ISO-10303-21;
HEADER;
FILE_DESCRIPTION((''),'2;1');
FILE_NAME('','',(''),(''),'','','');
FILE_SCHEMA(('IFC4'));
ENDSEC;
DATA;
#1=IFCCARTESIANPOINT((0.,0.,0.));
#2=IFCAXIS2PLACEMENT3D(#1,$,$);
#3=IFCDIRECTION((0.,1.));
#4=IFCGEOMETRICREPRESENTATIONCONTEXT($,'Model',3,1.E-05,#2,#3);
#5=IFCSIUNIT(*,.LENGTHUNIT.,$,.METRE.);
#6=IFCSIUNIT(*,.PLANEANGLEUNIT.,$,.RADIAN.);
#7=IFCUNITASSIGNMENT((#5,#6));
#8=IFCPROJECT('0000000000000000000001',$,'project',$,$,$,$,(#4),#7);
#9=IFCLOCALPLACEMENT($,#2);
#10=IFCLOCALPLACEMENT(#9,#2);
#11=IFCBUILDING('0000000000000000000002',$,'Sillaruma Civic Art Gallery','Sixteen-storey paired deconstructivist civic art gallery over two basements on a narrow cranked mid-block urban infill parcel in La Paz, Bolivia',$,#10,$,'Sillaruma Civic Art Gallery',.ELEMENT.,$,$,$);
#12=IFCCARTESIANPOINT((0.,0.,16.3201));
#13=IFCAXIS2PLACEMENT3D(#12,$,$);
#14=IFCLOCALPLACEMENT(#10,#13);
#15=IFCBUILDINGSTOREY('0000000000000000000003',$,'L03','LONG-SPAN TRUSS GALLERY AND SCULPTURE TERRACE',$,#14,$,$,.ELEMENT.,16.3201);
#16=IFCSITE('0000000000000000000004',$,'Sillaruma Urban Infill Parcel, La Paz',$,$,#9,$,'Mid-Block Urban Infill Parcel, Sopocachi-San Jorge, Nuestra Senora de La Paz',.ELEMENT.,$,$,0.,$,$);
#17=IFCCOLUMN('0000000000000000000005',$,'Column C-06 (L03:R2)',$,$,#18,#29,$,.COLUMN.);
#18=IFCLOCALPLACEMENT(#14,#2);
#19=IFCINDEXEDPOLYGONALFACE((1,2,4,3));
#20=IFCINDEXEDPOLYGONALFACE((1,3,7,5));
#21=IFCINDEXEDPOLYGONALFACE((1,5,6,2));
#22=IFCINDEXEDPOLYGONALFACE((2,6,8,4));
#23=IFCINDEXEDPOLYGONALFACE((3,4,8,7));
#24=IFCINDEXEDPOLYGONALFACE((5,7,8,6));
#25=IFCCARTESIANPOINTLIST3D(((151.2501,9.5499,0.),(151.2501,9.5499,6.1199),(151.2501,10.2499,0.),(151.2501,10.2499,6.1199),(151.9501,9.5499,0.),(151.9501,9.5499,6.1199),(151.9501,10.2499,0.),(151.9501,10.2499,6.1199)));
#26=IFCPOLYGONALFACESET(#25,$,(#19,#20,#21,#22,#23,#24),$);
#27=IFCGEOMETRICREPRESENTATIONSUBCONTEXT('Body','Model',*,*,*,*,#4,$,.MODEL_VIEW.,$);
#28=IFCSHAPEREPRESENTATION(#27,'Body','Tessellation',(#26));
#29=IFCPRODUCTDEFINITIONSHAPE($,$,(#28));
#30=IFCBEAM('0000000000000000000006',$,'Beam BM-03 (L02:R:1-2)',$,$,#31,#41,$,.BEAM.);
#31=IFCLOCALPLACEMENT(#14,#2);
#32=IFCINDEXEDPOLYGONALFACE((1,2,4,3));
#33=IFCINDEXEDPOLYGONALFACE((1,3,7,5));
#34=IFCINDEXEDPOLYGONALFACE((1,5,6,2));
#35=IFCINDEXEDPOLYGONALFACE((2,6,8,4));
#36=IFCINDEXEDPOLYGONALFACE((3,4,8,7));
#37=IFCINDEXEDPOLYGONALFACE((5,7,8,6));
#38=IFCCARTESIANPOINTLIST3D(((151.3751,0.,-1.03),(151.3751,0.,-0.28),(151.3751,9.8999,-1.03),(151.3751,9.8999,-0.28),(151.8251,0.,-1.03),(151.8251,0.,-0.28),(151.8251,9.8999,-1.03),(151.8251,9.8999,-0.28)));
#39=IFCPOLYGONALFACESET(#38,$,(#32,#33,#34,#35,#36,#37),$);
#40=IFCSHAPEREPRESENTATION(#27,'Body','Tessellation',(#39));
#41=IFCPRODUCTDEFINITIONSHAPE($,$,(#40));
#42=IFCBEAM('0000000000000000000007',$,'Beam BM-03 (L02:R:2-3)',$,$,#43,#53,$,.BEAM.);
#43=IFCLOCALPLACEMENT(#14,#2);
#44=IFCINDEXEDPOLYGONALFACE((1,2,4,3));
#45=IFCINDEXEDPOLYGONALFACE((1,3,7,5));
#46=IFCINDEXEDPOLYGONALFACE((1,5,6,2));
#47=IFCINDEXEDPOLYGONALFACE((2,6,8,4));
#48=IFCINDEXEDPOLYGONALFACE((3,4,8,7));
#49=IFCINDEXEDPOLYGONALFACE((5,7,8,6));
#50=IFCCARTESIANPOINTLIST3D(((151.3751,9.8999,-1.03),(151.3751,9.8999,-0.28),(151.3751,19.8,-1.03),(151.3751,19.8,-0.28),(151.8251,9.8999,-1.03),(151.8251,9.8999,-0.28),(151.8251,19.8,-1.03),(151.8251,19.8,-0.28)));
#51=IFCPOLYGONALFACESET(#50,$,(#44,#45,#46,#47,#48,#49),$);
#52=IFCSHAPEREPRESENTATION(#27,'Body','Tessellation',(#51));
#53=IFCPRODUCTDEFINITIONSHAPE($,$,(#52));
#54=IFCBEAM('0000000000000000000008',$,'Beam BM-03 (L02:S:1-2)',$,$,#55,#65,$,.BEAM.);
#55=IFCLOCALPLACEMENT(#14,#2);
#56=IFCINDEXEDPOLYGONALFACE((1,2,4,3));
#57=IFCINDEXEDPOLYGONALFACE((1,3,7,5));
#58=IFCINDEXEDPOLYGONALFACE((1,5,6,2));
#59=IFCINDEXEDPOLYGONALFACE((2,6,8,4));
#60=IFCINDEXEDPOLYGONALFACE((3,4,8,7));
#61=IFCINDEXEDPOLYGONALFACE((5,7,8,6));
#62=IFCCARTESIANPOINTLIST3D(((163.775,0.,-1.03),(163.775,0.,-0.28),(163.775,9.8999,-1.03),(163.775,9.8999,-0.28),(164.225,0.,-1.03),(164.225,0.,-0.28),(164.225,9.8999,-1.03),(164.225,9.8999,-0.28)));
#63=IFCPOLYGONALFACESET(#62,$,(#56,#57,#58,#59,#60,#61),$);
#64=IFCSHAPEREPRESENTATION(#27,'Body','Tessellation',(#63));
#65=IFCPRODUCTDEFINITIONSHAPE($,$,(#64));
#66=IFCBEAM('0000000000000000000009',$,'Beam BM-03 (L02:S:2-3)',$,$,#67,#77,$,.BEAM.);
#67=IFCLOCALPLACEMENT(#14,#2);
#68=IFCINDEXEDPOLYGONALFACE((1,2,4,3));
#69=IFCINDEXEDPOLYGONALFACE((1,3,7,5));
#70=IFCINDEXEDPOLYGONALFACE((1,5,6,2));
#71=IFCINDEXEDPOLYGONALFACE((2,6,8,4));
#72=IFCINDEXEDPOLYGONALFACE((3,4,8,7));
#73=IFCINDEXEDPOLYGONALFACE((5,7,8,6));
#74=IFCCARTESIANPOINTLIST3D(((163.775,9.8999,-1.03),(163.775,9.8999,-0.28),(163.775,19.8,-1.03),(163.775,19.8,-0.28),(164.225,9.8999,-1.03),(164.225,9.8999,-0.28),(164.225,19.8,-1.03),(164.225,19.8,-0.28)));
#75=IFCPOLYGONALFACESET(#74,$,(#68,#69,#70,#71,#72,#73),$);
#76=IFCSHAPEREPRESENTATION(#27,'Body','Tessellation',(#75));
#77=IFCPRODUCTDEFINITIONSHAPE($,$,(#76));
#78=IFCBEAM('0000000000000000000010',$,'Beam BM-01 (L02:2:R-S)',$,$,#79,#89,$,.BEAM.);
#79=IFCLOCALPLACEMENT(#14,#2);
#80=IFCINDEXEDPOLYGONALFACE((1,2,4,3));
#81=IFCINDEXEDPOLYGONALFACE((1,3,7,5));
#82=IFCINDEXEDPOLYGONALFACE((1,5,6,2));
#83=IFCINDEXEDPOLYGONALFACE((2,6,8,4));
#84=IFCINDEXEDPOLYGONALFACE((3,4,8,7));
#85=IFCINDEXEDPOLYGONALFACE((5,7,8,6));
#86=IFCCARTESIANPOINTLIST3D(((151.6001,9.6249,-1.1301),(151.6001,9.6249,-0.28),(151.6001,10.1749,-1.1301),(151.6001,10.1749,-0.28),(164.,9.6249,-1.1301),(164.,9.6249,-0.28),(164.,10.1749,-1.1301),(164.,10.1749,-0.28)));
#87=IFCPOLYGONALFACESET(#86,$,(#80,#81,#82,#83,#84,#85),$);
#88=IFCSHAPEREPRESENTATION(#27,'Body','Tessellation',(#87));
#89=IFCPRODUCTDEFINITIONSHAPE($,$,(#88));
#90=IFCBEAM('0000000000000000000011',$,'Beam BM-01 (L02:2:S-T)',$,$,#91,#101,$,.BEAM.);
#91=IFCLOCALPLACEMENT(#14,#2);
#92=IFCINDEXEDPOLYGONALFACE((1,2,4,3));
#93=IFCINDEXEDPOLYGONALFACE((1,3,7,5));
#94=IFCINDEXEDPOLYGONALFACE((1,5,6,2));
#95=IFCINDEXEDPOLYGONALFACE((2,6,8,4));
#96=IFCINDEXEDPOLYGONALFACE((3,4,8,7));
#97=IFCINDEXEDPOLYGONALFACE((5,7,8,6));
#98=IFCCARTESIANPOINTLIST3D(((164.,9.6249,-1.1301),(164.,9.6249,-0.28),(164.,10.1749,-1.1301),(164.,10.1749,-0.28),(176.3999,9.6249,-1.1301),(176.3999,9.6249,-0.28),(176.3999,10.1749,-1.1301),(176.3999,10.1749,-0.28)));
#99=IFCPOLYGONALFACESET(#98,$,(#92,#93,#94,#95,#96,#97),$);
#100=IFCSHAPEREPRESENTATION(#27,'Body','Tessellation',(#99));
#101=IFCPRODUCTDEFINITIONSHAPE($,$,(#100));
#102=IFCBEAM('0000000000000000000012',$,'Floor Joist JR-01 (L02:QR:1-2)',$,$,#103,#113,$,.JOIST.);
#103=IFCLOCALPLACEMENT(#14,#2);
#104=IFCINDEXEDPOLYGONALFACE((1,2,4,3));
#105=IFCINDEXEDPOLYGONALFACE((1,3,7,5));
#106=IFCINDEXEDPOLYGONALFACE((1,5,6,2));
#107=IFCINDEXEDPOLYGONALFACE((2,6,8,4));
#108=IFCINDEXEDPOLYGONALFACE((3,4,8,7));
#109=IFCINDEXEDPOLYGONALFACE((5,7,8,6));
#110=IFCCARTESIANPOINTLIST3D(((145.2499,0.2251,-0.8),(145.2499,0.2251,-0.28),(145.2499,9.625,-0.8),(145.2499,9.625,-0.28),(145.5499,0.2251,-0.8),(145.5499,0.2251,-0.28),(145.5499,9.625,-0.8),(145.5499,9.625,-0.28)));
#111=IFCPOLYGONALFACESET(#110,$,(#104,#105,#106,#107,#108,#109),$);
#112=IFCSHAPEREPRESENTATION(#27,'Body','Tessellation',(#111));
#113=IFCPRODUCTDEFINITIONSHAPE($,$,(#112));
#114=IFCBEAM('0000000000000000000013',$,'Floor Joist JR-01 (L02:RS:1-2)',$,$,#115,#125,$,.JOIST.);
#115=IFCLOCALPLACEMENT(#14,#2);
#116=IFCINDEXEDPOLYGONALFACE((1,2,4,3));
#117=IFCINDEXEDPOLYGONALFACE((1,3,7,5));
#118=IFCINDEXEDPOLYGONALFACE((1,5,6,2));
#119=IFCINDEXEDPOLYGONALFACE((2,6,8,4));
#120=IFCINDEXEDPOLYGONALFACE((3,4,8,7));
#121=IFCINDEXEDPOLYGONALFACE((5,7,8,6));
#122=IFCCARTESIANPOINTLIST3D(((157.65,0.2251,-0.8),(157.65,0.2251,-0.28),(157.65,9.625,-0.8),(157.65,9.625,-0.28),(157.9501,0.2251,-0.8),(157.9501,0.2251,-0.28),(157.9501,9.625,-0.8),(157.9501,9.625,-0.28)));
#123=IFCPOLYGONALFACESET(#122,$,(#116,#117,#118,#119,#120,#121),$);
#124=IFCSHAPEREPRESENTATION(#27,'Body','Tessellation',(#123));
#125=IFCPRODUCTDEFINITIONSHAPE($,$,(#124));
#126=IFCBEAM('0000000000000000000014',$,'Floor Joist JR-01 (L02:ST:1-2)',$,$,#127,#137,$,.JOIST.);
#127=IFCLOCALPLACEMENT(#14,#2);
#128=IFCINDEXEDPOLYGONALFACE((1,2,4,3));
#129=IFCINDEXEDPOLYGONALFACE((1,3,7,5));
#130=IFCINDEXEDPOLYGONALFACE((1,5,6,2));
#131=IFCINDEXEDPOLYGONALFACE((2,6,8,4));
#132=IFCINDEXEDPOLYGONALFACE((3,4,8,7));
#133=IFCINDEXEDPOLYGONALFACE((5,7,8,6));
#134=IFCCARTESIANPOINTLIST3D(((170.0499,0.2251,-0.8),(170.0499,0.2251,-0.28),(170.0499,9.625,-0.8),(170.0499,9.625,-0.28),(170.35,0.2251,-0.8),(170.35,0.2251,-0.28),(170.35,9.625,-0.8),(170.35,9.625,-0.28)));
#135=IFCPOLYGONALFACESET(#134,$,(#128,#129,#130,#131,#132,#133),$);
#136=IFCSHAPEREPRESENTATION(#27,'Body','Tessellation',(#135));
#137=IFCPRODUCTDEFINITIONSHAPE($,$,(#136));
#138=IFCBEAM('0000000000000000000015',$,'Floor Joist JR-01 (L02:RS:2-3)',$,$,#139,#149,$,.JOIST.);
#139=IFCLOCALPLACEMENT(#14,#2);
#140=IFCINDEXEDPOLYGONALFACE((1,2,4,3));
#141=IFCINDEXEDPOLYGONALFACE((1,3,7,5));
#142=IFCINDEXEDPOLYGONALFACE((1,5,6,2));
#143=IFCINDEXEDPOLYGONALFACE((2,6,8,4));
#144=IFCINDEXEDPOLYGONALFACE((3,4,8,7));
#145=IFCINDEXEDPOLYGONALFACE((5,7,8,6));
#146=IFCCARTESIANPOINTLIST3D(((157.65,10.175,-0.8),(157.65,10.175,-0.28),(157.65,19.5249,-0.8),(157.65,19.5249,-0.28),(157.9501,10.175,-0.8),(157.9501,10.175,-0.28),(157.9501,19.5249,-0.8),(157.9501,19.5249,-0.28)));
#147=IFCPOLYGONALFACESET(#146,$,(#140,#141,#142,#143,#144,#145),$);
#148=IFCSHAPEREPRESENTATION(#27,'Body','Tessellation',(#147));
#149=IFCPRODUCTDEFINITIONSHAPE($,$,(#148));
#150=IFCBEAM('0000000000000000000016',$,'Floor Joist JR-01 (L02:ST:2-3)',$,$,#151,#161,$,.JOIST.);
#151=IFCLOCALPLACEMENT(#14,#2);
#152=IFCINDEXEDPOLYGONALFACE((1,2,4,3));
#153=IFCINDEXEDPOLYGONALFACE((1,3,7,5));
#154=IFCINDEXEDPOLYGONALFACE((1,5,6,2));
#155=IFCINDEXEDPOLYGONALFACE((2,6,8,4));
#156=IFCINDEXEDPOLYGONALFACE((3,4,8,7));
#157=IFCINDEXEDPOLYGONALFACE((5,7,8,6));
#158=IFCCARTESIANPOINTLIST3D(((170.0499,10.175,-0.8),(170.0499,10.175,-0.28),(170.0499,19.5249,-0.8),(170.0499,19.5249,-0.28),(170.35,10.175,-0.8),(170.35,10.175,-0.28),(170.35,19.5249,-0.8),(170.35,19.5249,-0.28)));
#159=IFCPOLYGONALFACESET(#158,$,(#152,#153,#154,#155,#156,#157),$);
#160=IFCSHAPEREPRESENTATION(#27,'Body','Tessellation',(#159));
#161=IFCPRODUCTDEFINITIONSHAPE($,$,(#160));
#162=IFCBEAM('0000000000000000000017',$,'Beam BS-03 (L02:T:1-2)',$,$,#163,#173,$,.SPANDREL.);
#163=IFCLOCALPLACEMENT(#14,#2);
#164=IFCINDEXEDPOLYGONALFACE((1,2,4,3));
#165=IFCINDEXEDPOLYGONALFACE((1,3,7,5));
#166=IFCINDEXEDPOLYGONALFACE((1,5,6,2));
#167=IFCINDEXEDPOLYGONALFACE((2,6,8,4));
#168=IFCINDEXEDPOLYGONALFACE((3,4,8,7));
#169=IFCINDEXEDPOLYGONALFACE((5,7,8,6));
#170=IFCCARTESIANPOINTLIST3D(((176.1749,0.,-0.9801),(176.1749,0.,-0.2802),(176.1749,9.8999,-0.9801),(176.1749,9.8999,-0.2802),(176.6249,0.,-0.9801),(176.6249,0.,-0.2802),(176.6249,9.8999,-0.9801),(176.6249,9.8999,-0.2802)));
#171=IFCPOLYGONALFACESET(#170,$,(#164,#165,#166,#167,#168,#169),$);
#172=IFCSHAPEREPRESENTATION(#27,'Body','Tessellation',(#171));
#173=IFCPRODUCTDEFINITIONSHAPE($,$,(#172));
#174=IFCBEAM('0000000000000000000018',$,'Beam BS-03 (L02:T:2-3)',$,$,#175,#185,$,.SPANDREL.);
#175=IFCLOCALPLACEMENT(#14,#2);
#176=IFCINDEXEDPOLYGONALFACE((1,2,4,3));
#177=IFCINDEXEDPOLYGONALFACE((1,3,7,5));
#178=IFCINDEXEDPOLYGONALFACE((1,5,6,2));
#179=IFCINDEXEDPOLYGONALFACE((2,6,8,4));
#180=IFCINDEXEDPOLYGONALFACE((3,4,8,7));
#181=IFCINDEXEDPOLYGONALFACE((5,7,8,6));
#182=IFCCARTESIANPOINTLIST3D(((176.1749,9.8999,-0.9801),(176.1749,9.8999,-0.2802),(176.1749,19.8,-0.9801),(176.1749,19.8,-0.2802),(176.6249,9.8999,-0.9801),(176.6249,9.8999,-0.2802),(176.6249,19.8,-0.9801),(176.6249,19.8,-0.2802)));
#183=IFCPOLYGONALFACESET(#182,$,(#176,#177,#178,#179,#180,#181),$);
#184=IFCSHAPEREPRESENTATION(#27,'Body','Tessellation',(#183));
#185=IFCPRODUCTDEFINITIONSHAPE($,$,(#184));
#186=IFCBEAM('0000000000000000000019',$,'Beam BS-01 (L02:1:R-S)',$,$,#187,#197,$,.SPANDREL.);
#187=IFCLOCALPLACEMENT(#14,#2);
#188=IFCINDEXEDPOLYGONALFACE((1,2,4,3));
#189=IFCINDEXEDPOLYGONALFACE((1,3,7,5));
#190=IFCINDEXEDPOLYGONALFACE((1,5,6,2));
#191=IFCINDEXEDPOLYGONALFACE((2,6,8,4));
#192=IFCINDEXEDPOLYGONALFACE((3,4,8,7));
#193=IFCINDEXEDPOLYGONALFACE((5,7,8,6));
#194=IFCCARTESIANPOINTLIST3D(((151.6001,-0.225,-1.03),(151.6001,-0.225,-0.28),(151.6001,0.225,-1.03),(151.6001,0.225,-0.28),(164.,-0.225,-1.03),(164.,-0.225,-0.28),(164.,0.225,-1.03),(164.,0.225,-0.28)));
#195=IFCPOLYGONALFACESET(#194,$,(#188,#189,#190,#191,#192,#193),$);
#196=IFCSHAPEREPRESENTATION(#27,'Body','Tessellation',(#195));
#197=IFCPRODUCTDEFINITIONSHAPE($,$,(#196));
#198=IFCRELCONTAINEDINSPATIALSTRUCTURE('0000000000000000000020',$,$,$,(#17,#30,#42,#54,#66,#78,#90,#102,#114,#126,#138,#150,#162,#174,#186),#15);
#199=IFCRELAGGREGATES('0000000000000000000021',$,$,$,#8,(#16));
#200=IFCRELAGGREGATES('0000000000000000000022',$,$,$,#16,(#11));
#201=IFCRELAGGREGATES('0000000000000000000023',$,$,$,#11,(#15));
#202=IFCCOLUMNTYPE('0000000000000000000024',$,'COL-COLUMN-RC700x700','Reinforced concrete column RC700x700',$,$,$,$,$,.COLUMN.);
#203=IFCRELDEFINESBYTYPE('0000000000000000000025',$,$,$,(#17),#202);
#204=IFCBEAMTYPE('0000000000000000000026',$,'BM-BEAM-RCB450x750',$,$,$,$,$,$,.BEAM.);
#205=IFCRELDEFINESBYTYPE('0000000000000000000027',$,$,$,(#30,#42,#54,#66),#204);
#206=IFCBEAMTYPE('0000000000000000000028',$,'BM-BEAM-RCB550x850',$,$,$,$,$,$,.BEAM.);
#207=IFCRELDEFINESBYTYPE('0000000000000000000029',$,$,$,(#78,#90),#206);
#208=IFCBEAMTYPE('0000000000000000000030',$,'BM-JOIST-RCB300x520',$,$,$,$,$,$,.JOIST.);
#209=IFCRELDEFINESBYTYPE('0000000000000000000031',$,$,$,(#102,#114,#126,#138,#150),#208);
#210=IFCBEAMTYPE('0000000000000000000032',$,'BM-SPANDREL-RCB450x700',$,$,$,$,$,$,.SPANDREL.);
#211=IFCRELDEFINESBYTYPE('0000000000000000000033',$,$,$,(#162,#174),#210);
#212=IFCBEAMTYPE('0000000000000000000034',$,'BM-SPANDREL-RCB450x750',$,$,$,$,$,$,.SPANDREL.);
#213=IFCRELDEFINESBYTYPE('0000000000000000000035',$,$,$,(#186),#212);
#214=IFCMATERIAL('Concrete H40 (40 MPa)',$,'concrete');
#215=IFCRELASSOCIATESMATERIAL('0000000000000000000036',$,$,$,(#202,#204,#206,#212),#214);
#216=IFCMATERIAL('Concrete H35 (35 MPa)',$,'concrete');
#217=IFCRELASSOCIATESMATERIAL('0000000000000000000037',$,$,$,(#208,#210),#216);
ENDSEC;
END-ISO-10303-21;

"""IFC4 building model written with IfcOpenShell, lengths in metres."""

from ifc_helpers import new_model, si_unit, direction, frame, origin, origin_2d, place, context, subcontext, project, spatial, rectangle, extrude, material, material_profile, profile_set, type_object, element, save


model = new_model("IFC4")

# Units and contexts
model_context = context("Model", 3, precision=1e-05, world=origin(), true_north=direction((0.0, 1.0)))
body_context = subcontext(model_context, "Body", "Model", "MODEL_VIEW")
ifc_project = project(units=[si_unit("LENGTHUNIT", "METRE"), si_unit("PLANEANGLEUNIT", "RADIAN")], contexts=[model_context])

# Site, building, storey
site_placement = place(None, origin())
site = spatial("IfcSite", under=ifc_project, at=site_placement, Name="Sillaruma Urban Infill Parcel, La Paz", LongName="Mid-Block Urban Infill Parcel, Sopocachi-San Jorge, Nuestra Senora de La Paz", CompositionType="ELEMENT", RefElevation=0.0)
building_placement = place(site_placement, origin())
building = spatial("IfcBuilding", under=site, at=building_placement, Name="Sillaruma Civic Art Gallery", Description="Sixteen-storey paired deconstructivist civic art gallery over two basements on a narrow cranked mid-block urban infill parcel in La Paz, Bolivia", LongName="Sillaruma Civic Art Gallery", CompositionType="ELEMENT")
storey_placement = place(building_placement, frame((0.0, 0.0, 16.3201)))
storey = spatial("IfcBuildingStorey", under=building, at=storey_placement, Name="L03", Description="LONG-SPAN TRUSS GALLERY AND SCULPTURE TERRACE", CompositionType="ELEMENT", Elevation=16.3201)

# Column
ifc_material_1 = material(Name="Concrete H40 (40 MPa)", Category="concrete")
ifc_material_profile_1 = material_profile(ifc_material_1, rectangle(XDim=0.7, YDim=0.7, at=origin_2d()), Name="RC700x700")
ifc_profile_set_1 = profile_set([ifc_material_profile_1], Name="Concrete H40 (40 MPa)")
column_type = type_object("IfcColumnType", Name="COL-COLUMN-RC700x700", Description="Reinforced concrete column RC700x700", PredefinedType="COLUMN", material=ifc_profile_set_1)
column_placement = place(storey_placement, frame((151.6001, 9.8999, 0.0), z_axis=(0.0, 0.0, 1.0), x_axis=(1.0, 0.0, 0.0)))
element("IfcColumn", 1, at=column_placement, inside=storey, type_object=column_type, Name="Column C-06 (L03:R2)", PredefinedType="COLUMN", context=body_context, shape_type="SweptSolid", body=[
    extrude(rectangle(XDim=0.7, YDim=0.7, at=origin_2d()), origin(), (0.0, 0.0, 1.0), 6.1199),
])

# Beams
ifc_material_profile_2 = material_profile(ifc_material_1, rectangle(XDim=0.45, YDim=0.75, at=origin_2d()), Name="RCB450x750")
ifc_profile_set_2 = profile_set([ifc_material_profile_2], Name="Concrete H40 (40 MPa)")
beam_type_1 = type_object("IfcBeamType", Name="BM-BEAM-RCB450x750", PredefinedType="BEAM", material=ifc_profile_set_2)
beam_1_placement = place(storey_placement, frame((151.6001, 0.0, -0.655), z_axis=(0.0, 1.0, 0.0), x_axis=(-1.0, 0.0, 0.0)))
element("IfcBeam", 2, at=beam_1_placement, inside=storey, type_object=beam_type_1, Name="Beam BM-03 (L02:R:1-2)", PredefinedType="BEAM", context=body_context, shape_type="SweptSolid", body=[
    extrude(rectangle(XDim=0.45, YDim=0.75, at=origin_2d()), origin(), (0.0, 0.0, 1.0), 9.8999),
])
beam_2_placement = place(storey_placement, frame((151.6001, 9.8999, -0.655), z_axis=(0.0, 1.0, 0.0), x_axis=(-1.0, 0.0, 0.0)))
element("IfcBeam", 3, at=beam_2_placement, inside=storey, type_object=beam_type_1, Name="Beam BM-03 (L02:R:2-3)", PredefinedType="BEAM", context=body_context, shape_type="SweptSolid", body=[
    extrude(rectangle(XDim=0.45, YDim=0.75, at=origin_2d()), origin(), (0.0, 0.0, 1.0), 9.9001),
])
beam_3_placement = place(storey_placement, frame((164.0, 0.0, -0.655), z_axis=(0.0, 1.0, 0.0), x_axis=(-1.0, 0.0, 0.0)))
element("IfcBeam", 4, at=beam_3_placement, inside=storey, type_object=beam_type_1, Name="Beam BM-03 (L02:S:1-2)", PredefinedType="BEAM", context=body_context, shape_type="SweptSolid", body=[
    extrude(rectangle(XDim=0.45, YDim=0.75, at=origin_2d()), origin(), (0.0, 0.0, 1.0), 9.8999),
])
beam_4_placement = place(storey_placement, frame((164.0, 9.8999, -0.655), z_axis=(0.0, 1.0, 0.0), x_axis=(-1.0, 0.0, 0.0)))
element("IfcBeam", 5, at=beam_4_placement, inside=storey, type_object=beam_type_1, Name="Beam BM-03 (L02:S:2-3)", PredefinedType="BEAM", context=body_context, shape_type="SweptSolid", body=[
    extrude(rectangle(XDim=0.45, YDim=0.75, at=origin_2d()), origin(), (0.0, 0.0, 1.0), 9.9001),
])
ifc_material_profile_3 = material_profile(ifc_material_1, rectangle(XDim=0.55, YDim=0.8501, at=origin_2d()), Name="RCB550x850")
ifc_profile_set_3 = profile_set([ifc_material_profile_3], Name="Concrete H40 (40 MPa)")
beam_type_2 = type_object("IfcBeamType", Name="BM-BEAM-RCB550x850", PredefinedType="BEAM", material=ifc_profile_set_3)
for number, where, z_axis, x_axis, name in (
    (6, (151.6001, 9.8999, -0.7051), (1.0, 0.0, 0.0), (0.0, 1.0, 0.0), "Beam BM-01 (L02:2:R-S)"),
    (7, (164.0, 9.8999, -0.7051), (1.0, 0.0, 0.0), (0.0, 1.0, 0.0), "Beam BM-01 (L02:2:S-T)"),
):
    element("IfcBeam", number, at=place(storey_placement, frame(where, z_axis=z_axis, x_axis=x_axis)), inside=storey, type_object=beam_type_2, Name=name, PredefinedType="BEAM", context=body_context, shape_type="SweptSolid", body=[
        extrude(rectangle(XDim=0.55, YDim=0.8501, at=origin_2d()), origin(), (0.0, 0.0, 1.0), 12.3999),
    ])
ifc_material_2 = material(Name="Concrete H35 (35 MPa)", Category="concrete")
ifc_material_profile_4 = material_profile(ifc_material_2, rectangle(XDim=0.3, YDim=0.52, at=origin_2d()), Name="RCB300x520")
ifc_profile_set_4 = profile_set([ifc_material_profile_4], Name="Concrete H35 (35 MPa)")
beam_type_3 = type_object("IfcBeamType", Name="BM-JOIST-RCB300x520", PredefinedType="JOIST", material=ifc_profile_set_4)
for number, where, z_axis, x_axis, name in (
    (8, (145.3999, 0.2251, -0.54), (0.0, 1.0, 0.0), (-1.0, 0.0, 0.0), "Floor Joist JR-01 (L02:QR:1-2)"),
    (9, (157.8, 0.2251, -0.54), (0.0, 1.0, 0.0), (-1.0, 0.0, 0.0), "Floor Joist JR-01 (L02:RS:1-2)"),
    (10, (170.2, 0.2251, -0.54), (0.0, 1.0, 0.0), (-1.0, 0.0, 0.0), "Floor Joist JR-01 (L02:ST:1-2)"),
):
    element("IfcBeam", number, at=place(storey_placement, frame(where, z_axis=z_axis, x_axis=x_axis)), inside=storey, type_object=beam_type_3, Name=name, PredefinedType="JOIST", context=body_context, shape_type="SweptSolid", body=[
        extrude(rectangle(XDim=0.3, YDim=0.52, at=origin_2d()), origin(), (0.0, 0.0, 1.0), 9.3999),
    ])
for number, where, z_axis, x_axis, name in (
    (11, (157.8, 10.175, -0.54), (0.0, 1.0, 0.0), (-1.0, 0.0, 0.0), "Floor Joist JR-01 (L02:RS:2-3)"),
    (12, (170.2, 10.175, -0.54), (0.0, 1.0, 0.0), (-1.0, 0.0, 0.0), "Floor Joist JR-01 (L02:ST:2-3)"),
):
    element("IfcBeam", number, at=place(storey_placement, frame(where, z_axis=z_axis, x_axis=x_axis)), inside=storey, type_object=beam_type_3, Name=name, PredefinedType="JOIST", context=body_context, shape_type="SweptSolid", body=[
        extrude(rectangle(XDim=0.3, YDim=0.52, at=origin_2d()), origin(), (0.0, 0.0, 1.0), 9.3499),
    ])
ifc_material_profile_5 = material_profile(ifc_material_2, rectangle(XDim=0.45, YDim=0.7, at=origin_2d()), Name="RCB450x700")
ifc_profile_set_5 = profile_set([ifc_material_profile_5], Name="Concrete H35 (35 MPa)")
beam_type_4 = type_object("IfcBeamType", Name="BM-SPANDREL-RCB450x700", PredefinedType="SPANDREL", material=ifc_profile_set_5)
beam_5_placement = place(storey_placement, frame((176.3999, 0.0, -0.6301), z_axis=(0.0, 1.0, 0.0), x_axis=(-1.0, 0.0, 0.0)))
element("IfcBeam", 13, at=beam_5_placement, inside=storey, type_object=beam_type_4, Name="Beam BS-03 (L02:T:1-2)", PredefinedType="SPANDREL", context=body_context, shape_type="SweptSolid", body=[
    extrude(rectangle(XDim=0.45, YDim=0.7, at=origin_2d()), origin(), (0.0, 0.0, 1.0), 9.8999),
])
beam_6_placement = place(storey_placement, frame((176.3999, 9.8999, -0.6301), z_axis=(0.0, 1.0, 0.0), x_axis=(-1.0, 0.0, 0.0)))
element("IfcBeam", 14, at=beam_6_placement, inside=storey, type_object=beam_type_4, Name="Beam BS-03 (L02:T:2-3)", PredefinedType="SPANDREL", context=body_context, shape_type="SweptSolid", body=[
    extrude(rectangle(XDim=0.45, YDim=0.7, at=origin_2d()), origin(), (0.0, 0.0, 1.0), 9.9001),
])
ifc_material_profile_6 = material_profile(ifc_material_1, rectangle(XDim=0.45, YDim=0.75, at=origin_2d()), Name="RCB450x750")
ifc_profile_set_6 = profile_set([ifc_material_profile_6], Name="Concrete H40 (40 MPa)")
beam_type_5 = type_object("IfcBeamType", Name="BM-SPANDREL-RCB450x750", PredefinedType="SPANDREL", material=ifc_profile_set_6)
for number, where, z_axis, x_axis, name in (
    (15, (151.6001, 0.0, -0.655), (1.0, 0.0, 0.0), (0.0, 1.0, 0.0), "Beam BS-01 (L02:1:R-S)"),
):
    element("IfcBeam", number, at=place(storey_placement, frame(where, z_axis=z_axis, x_axis=x_axis)), inside=storey, type_object=beam_type_5, Name=name, PredefinedType="SPANDREL", context=body_context, shape_type="SweptSolid", body=[
        extrude(rectangle(XDim=0.45, YDim=0.75, at=origin_2d()), origin(), (0.0, 0.0, 1.0), 12.3999),
    ])

save(model, "model.ifc")
